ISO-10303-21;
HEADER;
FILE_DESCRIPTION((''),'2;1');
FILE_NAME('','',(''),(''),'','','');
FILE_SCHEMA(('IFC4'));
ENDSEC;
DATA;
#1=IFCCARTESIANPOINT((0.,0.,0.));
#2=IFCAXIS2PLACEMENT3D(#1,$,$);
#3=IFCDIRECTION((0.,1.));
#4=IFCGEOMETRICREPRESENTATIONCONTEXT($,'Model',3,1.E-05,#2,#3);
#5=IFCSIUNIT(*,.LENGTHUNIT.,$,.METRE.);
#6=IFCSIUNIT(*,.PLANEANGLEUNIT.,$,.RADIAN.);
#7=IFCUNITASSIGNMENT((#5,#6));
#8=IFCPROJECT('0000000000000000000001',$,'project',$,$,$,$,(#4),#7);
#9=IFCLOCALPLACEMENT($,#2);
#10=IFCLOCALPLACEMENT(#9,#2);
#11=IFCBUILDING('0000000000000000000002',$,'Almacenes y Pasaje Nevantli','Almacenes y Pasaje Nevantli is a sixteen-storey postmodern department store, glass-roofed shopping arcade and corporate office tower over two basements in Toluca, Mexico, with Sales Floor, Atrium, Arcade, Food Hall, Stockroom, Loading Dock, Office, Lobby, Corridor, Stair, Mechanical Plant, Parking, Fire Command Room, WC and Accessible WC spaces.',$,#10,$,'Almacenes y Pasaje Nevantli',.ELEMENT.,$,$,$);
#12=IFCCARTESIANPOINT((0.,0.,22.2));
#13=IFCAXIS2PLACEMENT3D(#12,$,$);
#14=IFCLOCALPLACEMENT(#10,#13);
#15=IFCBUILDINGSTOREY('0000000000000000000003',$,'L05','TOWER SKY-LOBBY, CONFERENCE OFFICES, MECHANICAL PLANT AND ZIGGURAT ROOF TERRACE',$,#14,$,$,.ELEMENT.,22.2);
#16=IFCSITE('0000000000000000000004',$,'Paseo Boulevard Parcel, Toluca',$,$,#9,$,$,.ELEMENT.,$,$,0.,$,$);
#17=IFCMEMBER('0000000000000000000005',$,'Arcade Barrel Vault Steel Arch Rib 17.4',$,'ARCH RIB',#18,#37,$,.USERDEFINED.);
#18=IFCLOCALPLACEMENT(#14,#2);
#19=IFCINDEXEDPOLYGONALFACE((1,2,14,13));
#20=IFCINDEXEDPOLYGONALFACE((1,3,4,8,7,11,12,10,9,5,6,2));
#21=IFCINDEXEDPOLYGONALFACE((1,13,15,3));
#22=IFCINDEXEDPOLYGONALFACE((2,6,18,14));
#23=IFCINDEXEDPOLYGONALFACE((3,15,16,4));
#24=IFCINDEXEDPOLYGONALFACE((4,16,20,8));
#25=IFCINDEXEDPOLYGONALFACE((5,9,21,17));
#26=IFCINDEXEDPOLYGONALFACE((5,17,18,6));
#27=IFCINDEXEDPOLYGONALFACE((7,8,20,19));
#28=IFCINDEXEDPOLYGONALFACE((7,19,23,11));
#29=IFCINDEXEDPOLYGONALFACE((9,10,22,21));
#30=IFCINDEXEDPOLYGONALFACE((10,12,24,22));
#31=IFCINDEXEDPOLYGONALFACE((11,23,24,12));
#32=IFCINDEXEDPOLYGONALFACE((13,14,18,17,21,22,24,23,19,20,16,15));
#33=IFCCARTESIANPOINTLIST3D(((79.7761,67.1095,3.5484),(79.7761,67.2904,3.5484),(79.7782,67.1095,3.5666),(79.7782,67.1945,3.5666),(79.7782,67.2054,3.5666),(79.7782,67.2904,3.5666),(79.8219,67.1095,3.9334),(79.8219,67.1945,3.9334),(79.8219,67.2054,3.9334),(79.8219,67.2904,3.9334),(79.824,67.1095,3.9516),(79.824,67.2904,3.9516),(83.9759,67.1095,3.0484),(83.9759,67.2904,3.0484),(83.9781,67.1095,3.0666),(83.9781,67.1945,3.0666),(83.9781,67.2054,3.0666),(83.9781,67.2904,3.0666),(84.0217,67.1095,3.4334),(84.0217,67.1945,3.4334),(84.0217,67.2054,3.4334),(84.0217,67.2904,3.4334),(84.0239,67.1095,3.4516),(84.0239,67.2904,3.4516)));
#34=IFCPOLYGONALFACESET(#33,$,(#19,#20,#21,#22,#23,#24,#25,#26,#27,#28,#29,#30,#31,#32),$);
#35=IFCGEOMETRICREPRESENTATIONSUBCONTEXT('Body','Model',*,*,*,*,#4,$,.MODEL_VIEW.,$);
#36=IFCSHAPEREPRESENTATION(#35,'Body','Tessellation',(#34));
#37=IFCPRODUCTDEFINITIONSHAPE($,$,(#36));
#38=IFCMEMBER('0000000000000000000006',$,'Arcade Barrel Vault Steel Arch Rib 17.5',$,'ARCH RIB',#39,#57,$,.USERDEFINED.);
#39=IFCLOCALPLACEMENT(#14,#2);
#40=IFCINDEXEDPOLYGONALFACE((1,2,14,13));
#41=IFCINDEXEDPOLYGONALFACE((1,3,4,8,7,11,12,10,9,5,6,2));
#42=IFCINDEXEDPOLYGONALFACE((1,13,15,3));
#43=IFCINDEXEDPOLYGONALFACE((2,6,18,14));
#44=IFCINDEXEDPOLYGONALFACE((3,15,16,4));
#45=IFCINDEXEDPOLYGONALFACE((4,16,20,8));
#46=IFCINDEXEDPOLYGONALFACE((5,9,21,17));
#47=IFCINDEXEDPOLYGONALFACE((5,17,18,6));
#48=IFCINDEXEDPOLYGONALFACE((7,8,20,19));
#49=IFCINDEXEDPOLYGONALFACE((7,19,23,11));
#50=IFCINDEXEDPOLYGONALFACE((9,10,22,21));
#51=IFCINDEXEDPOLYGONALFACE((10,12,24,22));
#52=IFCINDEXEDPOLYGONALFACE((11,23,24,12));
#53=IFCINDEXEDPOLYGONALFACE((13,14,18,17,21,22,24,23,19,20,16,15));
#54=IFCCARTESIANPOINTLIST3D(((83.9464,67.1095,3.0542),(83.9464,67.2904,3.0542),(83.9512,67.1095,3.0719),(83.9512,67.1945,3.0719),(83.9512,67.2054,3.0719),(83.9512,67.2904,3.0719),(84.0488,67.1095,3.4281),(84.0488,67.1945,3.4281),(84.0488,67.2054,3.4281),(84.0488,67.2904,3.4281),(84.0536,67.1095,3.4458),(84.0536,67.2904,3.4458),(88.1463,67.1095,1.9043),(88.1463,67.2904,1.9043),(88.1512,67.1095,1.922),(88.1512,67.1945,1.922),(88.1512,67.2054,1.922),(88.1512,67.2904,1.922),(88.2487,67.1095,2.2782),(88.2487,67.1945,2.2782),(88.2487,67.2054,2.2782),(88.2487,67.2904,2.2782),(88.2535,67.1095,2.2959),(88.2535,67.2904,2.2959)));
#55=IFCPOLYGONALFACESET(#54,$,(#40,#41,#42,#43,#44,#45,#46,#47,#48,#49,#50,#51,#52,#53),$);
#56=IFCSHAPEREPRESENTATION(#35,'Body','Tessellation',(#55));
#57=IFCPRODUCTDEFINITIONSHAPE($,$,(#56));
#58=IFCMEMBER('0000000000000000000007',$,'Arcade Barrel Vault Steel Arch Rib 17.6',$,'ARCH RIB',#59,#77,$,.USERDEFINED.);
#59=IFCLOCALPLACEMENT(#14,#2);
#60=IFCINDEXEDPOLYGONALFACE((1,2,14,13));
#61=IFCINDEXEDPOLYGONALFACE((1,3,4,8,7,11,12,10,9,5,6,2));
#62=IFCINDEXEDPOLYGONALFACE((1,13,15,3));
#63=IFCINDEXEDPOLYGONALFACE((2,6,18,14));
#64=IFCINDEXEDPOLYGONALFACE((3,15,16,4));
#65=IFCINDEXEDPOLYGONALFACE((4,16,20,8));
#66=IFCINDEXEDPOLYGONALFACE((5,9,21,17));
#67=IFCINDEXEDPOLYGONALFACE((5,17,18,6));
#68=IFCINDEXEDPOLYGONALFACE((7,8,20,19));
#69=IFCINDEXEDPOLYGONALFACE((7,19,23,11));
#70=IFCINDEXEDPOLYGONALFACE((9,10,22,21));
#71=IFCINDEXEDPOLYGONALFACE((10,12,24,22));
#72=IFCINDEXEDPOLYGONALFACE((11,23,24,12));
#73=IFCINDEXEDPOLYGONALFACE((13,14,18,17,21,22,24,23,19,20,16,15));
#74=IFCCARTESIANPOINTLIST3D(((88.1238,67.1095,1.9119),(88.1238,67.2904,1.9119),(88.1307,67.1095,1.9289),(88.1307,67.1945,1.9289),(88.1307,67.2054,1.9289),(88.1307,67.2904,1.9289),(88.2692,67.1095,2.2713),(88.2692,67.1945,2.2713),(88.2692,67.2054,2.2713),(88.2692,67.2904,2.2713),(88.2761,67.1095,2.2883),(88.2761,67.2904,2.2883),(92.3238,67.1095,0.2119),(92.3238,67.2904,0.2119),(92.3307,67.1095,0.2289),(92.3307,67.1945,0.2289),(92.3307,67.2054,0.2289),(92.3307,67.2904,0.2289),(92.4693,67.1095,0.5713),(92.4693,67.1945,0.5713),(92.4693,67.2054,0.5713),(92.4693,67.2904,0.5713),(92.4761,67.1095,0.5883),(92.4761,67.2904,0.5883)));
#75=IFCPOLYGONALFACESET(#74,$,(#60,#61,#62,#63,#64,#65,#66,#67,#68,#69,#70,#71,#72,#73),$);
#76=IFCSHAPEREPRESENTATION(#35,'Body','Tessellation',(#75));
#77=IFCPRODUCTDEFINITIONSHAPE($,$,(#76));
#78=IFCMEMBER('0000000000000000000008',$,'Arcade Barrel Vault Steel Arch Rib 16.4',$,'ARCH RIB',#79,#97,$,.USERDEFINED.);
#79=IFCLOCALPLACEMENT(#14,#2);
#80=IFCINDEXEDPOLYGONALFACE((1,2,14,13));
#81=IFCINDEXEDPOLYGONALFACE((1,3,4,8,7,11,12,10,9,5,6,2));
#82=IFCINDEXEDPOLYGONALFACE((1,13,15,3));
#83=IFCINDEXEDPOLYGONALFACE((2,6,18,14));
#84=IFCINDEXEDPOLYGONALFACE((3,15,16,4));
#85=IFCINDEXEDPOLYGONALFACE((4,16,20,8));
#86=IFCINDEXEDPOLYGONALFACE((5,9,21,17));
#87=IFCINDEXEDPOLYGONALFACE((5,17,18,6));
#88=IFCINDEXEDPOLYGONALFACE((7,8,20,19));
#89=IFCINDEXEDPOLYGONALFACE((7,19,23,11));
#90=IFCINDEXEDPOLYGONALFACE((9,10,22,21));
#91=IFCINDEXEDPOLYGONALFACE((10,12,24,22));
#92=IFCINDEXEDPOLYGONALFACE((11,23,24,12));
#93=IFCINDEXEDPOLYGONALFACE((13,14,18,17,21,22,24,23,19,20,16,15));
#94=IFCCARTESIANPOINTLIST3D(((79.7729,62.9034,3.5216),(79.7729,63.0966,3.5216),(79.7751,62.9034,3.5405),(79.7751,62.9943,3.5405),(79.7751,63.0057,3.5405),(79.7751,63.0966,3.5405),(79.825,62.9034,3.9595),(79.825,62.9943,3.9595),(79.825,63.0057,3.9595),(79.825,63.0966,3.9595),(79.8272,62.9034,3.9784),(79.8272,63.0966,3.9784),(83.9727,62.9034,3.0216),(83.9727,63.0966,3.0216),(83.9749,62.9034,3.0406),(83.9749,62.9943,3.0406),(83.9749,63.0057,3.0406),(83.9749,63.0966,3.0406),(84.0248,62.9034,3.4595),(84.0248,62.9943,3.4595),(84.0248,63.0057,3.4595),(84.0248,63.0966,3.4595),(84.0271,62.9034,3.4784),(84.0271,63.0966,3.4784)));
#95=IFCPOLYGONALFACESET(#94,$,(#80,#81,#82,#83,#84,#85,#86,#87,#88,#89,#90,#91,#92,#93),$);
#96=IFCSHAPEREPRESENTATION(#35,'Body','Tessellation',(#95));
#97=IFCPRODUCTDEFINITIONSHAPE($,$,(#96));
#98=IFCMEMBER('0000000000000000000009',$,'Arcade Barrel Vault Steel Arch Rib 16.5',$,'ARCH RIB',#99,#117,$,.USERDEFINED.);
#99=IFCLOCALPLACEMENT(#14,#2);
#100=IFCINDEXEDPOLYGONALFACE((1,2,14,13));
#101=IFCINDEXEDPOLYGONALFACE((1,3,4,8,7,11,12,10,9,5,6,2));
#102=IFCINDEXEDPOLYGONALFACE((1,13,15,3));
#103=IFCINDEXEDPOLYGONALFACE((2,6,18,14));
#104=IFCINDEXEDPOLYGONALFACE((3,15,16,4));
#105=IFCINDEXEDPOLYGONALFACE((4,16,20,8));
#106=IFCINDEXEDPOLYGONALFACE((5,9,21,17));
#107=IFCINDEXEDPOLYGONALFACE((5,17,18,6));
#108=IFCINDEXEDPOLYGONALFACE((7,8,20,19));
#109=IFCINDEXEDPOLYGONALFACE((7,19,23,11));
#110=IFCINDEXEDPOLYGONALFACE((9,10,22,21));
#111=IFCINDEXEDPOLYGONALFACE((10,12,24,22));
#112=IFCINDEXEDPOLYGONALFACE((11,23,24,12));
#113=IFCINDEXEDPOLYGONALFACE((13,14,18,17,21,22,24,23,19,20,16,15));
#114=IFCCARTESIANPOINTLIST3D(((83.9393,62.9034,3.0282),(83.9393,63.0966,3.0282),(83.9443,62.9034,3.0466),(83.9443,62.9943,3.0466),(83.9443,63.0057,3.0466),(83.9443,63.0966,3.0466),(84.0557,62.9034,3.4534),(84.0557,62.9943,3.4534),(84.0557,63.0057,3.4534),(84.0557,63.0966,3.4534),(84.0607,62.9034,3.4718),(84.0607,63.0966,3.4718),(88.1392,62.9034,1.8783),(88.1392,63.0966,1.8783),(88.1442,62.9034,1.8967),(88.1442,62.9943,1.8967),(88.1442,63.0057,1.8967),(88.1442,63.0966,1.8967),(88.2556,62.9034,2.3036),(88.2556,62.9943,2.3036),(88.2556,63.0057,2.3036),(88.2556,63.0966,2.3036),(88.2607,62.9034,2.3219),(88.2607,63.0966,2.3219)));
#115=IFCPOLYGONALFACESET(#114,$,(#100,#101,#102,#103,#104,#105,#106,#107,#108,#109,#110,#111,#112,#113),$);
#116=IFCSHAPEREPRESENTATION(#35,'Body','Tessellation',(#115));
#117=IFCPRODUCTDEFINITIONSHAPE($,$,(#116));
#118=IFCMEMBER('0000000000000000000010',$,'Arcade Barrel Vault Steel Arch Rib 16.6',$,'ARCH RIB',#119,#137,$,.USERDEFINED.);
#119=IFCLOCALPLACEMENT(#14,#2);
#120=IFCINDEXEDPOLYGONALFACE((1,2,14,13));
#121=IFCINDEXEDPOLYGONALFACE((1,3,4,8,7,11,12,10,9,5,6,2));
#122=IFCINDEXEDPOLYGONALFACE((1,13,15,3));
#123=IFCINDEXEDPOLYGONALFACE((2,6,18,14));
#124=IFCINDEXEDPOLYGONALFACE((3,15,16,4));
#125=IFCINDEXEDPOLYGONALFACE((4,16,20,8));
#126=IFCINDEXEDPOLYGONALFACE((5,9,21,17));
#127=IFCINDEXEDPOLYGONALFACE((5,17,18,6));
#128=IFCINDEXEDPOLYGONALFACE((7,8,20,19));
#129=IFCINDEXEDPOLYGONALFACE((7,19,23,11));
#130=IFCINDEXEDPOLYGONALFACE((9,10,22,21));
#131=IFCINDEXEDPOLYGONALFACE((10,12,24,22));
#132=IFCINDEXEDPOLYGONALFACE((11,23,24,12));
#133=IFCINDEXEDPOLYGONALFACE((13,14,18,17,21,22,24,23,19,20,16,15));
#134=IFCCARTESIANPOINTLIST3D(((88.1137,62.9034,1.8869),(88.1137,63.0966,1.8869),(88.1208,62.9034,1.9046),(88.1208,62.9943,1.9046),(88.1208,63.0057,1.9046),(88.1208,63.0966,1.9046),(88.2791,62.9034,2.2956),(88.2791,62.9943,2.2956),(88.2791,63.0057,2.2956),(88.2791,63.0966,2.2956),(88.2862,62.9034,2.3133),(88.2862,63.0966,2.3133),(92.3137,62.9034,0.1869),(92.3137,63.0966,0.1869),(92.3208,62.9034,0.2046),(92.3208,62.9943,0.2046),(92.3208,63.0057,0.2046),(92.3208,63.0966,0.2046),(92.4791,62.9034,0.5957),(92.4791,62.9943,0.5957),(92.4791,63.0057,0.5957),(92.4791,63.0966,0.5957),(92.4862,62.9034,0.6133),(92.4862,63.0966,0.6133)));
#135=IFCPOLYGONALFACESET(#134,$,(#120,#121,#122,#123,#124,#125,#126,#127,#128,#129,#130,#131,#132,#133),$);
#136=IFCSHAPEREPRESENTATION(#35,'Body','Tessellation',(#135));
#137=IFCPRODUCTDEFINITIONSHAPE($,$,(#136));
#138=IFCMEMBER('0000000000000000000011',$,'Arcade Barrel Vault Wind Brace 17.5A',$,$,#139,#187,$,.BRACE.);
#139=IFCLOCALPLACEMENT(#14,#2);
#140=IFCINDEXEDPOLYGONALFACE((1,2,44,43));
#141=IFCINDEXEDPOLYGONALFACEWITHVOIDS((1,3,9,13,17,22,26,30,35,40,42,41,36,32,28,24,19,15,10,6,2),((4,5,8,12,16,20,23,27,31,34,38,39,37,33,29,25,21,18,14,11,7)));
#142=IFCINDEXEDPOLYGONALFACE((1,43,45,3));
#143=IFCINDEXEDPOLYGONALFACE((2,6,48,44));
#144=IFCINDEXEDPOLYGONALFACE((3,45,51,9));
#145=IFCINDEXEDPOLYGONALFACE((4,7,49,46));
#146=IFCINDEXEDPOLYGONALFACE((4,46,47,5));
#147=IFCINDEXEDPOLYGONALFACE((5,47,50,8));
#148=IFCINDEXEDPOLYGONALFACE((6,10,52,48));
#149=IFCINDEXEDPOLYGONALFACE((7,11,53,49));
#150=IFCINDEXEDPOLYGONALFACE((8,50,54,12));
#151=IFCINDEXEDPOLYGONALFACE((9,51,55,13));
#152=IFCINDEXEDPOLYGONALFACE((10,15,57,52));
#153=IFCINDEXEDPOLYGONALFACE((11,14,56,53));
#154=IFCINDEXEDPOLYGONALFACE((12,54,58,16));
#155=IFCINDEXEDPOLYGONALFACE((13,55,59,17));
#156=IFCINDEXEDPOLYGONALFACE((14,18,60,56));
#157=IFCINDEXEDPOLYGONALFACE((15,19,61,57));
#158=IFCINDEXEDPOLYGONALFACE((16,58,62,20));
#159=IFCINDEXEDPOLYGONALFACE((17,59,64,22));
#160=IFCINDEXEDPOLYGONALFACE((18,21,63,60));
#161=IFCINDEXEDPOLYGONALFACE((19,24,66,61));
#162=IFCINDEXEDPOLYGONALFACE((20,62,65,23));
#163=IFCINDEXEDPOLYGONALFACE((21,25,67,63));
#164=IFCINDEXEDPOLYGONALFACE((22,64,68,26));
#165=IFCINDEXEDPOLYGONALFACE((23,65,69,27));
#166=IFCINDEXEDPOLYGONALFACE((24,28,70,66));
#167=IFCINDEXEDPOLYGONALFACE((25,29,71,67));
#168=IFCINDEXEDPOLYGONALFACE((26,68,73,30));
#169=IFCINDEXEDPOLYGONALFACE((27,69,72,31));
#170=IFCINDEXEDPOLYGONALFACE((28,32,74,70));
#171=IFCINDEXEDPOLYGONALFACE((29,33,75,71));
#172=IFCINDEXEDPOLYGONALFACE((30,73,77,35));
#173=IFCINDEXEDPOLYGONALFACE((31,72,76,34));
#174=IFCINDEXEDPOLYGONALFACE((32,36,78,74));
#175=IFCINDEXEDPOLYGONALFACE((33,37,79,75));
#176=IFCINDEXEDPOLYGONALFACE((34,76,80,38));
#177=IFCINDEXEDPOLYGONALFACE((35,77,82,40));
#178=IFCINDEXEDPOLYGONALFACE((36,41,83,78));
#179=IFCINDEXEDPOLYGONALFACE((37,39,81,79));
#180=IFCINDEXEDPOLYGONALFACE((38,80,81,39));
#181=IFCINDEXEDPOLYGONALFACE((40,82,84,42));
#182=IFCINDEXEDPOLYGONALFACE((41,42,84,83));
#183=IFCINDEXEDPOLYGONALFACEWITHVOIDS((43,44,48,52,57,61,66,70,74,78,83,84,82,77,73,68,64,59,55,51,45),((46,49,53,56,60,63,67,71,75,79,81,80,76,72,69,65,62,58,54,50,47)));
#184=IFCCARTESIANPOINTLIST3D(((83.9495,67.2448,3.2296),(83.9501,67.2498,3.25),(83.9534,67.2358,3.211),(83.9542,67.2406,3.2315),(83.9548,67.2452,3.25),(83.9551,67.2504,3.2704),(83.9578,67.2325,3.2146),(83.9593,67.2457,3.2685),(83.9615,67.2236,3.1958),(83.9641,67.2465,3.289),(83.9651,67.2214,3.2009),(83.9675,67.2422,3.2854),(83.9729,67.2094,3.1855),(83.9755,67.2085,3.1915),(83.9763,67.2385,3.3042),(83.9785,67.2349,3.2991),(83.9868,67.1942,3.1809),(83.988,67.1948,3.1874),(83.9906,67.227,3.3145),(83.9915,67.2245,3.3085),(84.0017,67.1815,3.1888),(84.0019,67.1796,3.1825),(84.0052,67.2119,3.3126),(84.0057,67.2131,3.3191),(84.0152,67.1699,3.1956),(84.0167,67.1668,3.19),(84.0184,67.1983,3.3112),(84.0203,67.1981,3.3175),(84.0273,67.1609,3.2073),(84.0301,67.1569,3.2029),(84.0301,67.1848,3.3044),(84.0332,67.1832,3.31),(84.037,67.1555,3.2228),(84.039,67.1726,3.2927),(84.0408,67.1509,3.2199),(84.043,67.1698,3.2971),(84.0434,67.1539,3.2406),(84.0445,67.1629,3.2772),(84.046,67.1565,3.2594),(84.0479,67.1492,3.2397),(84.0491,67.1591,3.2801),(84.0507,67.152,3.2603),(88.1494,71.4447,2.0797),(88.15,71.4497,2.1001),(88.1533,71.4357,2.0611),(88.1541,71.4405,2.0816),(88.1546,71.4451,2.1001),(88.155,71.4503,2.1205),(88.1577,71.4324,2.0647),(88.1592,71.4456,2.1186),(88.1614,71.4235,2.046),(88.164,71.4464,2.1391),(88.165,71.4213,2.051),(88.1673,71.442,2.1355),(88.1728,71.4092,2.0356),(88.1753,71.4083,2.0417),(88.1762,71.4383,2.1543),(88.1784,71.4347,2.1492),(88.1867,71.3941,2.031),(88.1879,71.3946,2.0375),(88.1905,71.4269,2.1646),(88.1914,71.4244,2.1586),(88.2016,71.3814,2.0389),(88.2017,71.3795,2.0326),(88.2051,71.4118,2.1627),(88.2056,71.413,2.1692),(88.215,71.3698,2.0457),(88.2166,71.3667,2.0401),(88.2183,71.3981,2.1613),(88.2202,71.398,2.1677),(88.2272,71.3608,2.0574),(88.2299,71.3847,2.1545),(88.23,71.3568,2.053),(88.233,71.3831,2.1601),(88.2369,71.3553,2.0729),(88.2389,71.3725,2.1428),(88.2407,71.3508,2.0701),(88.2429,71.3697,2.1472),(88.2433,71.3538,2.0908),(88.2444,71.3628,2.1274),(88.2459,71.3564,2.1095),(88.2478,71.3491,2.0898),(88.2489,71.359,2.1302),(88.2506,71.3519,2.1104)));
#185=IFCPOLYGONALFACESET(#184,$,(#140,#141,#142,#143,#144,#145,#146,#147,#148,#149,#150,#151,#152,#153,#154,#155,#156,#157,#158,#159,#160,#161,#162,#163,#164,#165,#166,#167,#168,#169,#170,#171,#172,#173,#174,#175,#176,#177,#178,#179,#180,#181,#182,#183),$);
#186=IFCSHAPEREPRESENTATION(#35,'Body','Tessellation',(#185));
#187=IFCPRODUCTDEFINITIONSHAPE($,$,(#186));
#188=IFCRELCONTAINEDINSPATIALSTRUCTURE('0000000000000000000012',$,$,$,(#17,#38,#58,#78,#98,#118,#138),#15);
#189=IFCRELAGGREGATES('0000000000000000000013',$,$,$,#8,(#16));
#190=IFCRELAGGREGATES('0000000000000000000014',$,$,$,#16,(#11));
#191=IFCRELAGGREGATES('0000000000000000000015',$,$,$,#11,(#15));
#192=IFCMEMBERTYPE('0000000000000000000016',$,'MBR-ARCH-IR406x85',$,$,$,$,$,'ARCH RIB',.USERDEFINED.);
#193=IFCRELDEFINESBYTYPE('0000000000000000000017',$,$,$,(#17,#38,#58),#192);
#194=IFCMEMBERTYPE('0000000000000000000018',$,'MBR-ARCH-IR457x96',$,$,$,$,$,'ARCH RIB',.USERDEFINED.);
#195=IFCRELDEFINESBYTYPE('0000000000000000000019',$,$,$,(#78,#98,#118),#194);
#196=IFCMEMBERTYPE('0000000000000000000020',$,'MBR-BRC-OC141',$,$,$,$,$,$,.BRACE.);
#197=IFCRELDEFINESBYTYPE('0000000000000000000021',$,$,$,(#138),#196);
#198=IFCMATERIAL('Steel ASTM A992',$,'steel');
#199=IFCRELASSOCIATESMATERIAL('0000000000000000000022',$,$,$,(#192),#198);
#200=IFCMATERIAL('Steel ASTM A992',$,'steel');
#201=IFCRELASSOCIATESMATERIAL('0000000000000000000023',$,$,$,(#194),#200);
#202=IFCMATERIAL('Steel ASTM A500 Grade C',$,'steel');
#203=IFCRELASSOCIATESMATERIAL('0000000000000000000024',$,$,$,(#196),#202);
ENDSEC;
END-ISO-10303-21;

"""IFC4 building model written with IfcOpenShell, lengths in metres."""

from ifc_helpers import new_model, si_unit, direction, frame, origin, origin_2d, place, context, subcontext, project, spatial, hollow_circle, i_section, extrude, material, material_profile, profile_set, type_object, element, save


model = new_model("IFC4")

# Units and contexts
model_context = context("Model", 3, precision=1e-05, world=origin(), true_north=direction((0.0, 1.0)))
body_context = subcontext(model_context, "Body", "Model", "MODEL_VIEW")
ifc_project = project(units=[si_unit("LENGTHUNIT", "METRE"), si_unit("PLANEANGLEUNIT", "RADIAN")], contexts=[model_context])

# Site, building, storey
site_placement = place(None, origin())
site = spatial("IfcSite", under=ifc_project, at=site_placement, Name="Paseo Boulevard Parcel, Toluca", CompositionType="ELEMENT", RefElevation=0.0)
building_placement = place(site_placement, origin())
building = spatial("IfcBuilding", under=site, at=building_placement, Name="Almacenes y Pasaje Nevantli", Description="Almacenes y Pasaje Nevantli is a sixteen-storey postmodern department store, glass-roofed shopping arcade and corporate office tower over two basements in Toluca, Mexico, with Sales Floor, Atrium, Arcade, Food Hall, Stockroom, Loading Dock, Office, Lobby, Corridor, Stair, Mechanical Plant, Parking, Fire Command Room, WC and Accessible WC spaces.", LongName="Almacenes y Pasaje Nevantli", CompositionType="ELEMENT")
storey_placement = place(building_placement, frame((0.0, 0.0, 22.2)))
storey = spatial("IfcBuildingStorey", under=building, at=storey_placement, Name="L05", Description="TOWER SKY-LOBBY, CONFERENCE OFFICES, MECHANICAL PLANT AND ZIGGURAT ROOF TERRACE", CompositionType="ELEMENT", Elevation=22.2)

# Members
ifc_material_1 = material(Name="Steel ASTM A992", Category="steel")
ifc_material_profile_1 = material_profile(ifc_material_1, i_section(OverallWidth=0.1809, OverallDepth=0.406, WebThickness=0.011, FlangeThickness=0.0183, at=origin_2d()), Name="IR 406x85.0")
ifc_profile_set_1 = profile_set([ifc_material_profile_1], Name="Steel ASTM A992")
member_type_1 = type_object("IfcMemberType", Name="MBR-ARCH-IR406x85", ElementType="ARCH RIB", PredefinedType="USERDEFINED", material=ifc_profile_set_1)
member_1_placement = place(storey_placement, frame((79.8, 67.2, 3.75), z_axis=(0.992988, 0.0, -0.118214), x_axis=(0.0, 1.0, 0.0)))
element("IfcMember", 1, at=member_1_placement, inside=storey, type_object=member_type_1, Name="Arcade Barrel Vault Steel Arch Rib 17.4", ObjectType="ARCH RIB", PredefinedType="USERDEFINED", context=body_context, shape_type="SweptSolid", body=[
    extrude(i_section(OverallWidth=0.1809, OverallDepth=0.406, WebThickness=0.011, FlangeThickness=0.0183, at=origin_2d()), origin(), (0.0, 0.0, 1.0), 4.2295),
])
member_2_placement = place(storey_placement, frame((84.0, 67.2, 3.25), z_axis=(0.964503, 0.0, -0.264071), x_axis=(0.0, 1.0, 0.0)))
element("IfcMember", 2, at=member_2_placement, inside=storey, type_object=member_type_1, Name="Arcade Barrel Vault Steel Arch Rib 17.5", ObjectType="ARCH RIB", PredefinedType="USERDEFINED", context=body_context, shape_type="SweptSolid", body=[
    extrude(i_section(OverallWidth=0.1809, OverallDepth=0.406, WebThickness=0.011, FlangeThickness=0.0183, at=origin_2d()), origin(), (0.0, 0.0, 1.0), 4.3545),
])
member_3_placement = place(storey_placement, frame((88.2, 67.2, 2.1001), z_axis=(0.926949, 0.0, -0.375187), x_axis=(0.0, 1.0, 0.0)))
element("IfcMember", 3, at=member_3_placement, inside=storey, type_object=member_type_1, Name="Arcade Barrel Vault Steel Arch Rib 17.6", ObjectType="ARCH RIB", PredefinedType="USERDEFINED", context=body_context, shape_type="SweptSolid", body=[
    extrude(i_section(OverallWidth=0.1809, OverallDepth=0.406, WebThickness=0.011, FlangeThickness=0.0183, at=origin_2d()), origin(), (0.0, 0.0, 1.0), 4.531),
])
ifc_material_2 = material(Name="Steel ASTM A992", Category="steel")
ifc_material_profile_2 = material_profile(ifc_material_2, i_section(OverallWidth=0.1931, OverallDepth=0.46, WebThickness=0.0115, FlangeThickness=0.019, at=origin_2d()), Name="IR 457x96.7")
ifc_profile_set_2 = profile_set([ifc_material_profile_2], Name="Steel ASTM A992")
member_type_2 = type_object("IfcMemberType", Name="MBR-ARCH-IR457x96", ElementType="ARCH RIB", PredefinedType="USERDEFINED", material=ifc_profile_set_2)
member_4_placement = place(storey_placement, frame((79.8, 63.0, 3.75), z_axis=(0.992988, 0.0, -0.118214), x_axis=(0.0, 1.0, 0.0)))
element("IfcMember", 4, at=member_4_placement, inside=storey, type_object=member_type_2, Name="Arcade Barrel Vault Steel Arch Rib 16.4", ObjectType="ARCH RIB", PredefinedType="USERDEFINED", context=body_context, shape_type="SweptSolid", body=[
    extrude(i_section(OverallWidth=0.1931, OverallDepth=0.46, WebThickness=0.0115, FlangeThickness=0.019, at=origin_2d()), origin(), (0.0, 0.0, 1.0), 4.2295),
])
member_5_placement = place(storey_placement, frame((84.0, 63.0, 3.25), z_axis=(0.964503, 0.0, -0.264071), x_axis=(0.0, 1.0, 0.0)))
element("IfcMember", 5, at=member_5_placement, inside=storey, type_object=member_type_2, Name="Arcade Barrel Vault Steel Arch Rib 16.5", ObjectType="ARCH RIB", PredefinedType="USERDEFINED", context=body_context, shape_type="SweptSolid", body=[
    extrude(i_section(OverallWidth=0.1931, OverallDepth=0.46, WebThickness=0.0115, FlangeThickness=0.019, at=origin_2d()), origin(), (0.0, 0.0, 1.0), 4.3545),
])
member_6_placement = place(storey_placement, frame((88.2, 63.0, 2.1001), z_axis=(0.926949, 0.0, -0.375187), x_axis=(0.0, 1.0, 0.0)))
element("IfcMember", 6, at=member_6_placement, inside=storey, type_object=member_type_2, Name="Arcade Barrel Vault Steel Arch Rib 16.6", ObjectType="ARCH RIB", PredefinedType="USERDEFINED", context=body_context, shape_type="SweptSolid", body=[
    extrude(i_section(OverallWidth=0.1931, OverallDepth=0.46, WebThickness=0.0115, FlangeThickness=0.019, at=origin_2d()), origin(), (0.0, 0.0, 1.0), 4.531),
])
ifc_material_3 = material(Name="Steel ASTM A500 Grade C", Category="steel")
ifc_material_profile_3 = material_profile(ifc_material_3, hollow_circle(Radius=0.0706, WallThickness=0.0066, at=origin_2d()), Name="OC 141x6.6")
ifc_profile_set_3 = profile_set([ifc_material_profile_3], Name="Steel ASTM A500 Grade C")
member_type_3 = type_object("IfcMemberType", Name="MBR-BRC-OC141", PredefinedType="BRACE", material=ifc_profile_set_3)
for number, where, z_axis, x_axis, name in (
    (7, (84.0, 67.2, 3.25), (0.694217, 0.694217, -0.190069), (-0.707107, 0.707107, 0.0), "Arcade Barrel Vault Wind Brace 17.5A"),
):
    element("IfcMember", number, at=place(storey_placement, frame(where, z_axis=z_axis, x_axis=x_axis)), inside=storey, type_object=member_type_3, Name=name, PredefinedType="BRACE", context=body_context, shape_type="SweptSolid", body=[
        extrude(hollow_circle(Radius=0.0706, WallThickness=0.0066, at=origin_2d()), origin(), (0.0, 0.0, 1.0), 6.0498),
    ])

save(model, "model.ifc")
